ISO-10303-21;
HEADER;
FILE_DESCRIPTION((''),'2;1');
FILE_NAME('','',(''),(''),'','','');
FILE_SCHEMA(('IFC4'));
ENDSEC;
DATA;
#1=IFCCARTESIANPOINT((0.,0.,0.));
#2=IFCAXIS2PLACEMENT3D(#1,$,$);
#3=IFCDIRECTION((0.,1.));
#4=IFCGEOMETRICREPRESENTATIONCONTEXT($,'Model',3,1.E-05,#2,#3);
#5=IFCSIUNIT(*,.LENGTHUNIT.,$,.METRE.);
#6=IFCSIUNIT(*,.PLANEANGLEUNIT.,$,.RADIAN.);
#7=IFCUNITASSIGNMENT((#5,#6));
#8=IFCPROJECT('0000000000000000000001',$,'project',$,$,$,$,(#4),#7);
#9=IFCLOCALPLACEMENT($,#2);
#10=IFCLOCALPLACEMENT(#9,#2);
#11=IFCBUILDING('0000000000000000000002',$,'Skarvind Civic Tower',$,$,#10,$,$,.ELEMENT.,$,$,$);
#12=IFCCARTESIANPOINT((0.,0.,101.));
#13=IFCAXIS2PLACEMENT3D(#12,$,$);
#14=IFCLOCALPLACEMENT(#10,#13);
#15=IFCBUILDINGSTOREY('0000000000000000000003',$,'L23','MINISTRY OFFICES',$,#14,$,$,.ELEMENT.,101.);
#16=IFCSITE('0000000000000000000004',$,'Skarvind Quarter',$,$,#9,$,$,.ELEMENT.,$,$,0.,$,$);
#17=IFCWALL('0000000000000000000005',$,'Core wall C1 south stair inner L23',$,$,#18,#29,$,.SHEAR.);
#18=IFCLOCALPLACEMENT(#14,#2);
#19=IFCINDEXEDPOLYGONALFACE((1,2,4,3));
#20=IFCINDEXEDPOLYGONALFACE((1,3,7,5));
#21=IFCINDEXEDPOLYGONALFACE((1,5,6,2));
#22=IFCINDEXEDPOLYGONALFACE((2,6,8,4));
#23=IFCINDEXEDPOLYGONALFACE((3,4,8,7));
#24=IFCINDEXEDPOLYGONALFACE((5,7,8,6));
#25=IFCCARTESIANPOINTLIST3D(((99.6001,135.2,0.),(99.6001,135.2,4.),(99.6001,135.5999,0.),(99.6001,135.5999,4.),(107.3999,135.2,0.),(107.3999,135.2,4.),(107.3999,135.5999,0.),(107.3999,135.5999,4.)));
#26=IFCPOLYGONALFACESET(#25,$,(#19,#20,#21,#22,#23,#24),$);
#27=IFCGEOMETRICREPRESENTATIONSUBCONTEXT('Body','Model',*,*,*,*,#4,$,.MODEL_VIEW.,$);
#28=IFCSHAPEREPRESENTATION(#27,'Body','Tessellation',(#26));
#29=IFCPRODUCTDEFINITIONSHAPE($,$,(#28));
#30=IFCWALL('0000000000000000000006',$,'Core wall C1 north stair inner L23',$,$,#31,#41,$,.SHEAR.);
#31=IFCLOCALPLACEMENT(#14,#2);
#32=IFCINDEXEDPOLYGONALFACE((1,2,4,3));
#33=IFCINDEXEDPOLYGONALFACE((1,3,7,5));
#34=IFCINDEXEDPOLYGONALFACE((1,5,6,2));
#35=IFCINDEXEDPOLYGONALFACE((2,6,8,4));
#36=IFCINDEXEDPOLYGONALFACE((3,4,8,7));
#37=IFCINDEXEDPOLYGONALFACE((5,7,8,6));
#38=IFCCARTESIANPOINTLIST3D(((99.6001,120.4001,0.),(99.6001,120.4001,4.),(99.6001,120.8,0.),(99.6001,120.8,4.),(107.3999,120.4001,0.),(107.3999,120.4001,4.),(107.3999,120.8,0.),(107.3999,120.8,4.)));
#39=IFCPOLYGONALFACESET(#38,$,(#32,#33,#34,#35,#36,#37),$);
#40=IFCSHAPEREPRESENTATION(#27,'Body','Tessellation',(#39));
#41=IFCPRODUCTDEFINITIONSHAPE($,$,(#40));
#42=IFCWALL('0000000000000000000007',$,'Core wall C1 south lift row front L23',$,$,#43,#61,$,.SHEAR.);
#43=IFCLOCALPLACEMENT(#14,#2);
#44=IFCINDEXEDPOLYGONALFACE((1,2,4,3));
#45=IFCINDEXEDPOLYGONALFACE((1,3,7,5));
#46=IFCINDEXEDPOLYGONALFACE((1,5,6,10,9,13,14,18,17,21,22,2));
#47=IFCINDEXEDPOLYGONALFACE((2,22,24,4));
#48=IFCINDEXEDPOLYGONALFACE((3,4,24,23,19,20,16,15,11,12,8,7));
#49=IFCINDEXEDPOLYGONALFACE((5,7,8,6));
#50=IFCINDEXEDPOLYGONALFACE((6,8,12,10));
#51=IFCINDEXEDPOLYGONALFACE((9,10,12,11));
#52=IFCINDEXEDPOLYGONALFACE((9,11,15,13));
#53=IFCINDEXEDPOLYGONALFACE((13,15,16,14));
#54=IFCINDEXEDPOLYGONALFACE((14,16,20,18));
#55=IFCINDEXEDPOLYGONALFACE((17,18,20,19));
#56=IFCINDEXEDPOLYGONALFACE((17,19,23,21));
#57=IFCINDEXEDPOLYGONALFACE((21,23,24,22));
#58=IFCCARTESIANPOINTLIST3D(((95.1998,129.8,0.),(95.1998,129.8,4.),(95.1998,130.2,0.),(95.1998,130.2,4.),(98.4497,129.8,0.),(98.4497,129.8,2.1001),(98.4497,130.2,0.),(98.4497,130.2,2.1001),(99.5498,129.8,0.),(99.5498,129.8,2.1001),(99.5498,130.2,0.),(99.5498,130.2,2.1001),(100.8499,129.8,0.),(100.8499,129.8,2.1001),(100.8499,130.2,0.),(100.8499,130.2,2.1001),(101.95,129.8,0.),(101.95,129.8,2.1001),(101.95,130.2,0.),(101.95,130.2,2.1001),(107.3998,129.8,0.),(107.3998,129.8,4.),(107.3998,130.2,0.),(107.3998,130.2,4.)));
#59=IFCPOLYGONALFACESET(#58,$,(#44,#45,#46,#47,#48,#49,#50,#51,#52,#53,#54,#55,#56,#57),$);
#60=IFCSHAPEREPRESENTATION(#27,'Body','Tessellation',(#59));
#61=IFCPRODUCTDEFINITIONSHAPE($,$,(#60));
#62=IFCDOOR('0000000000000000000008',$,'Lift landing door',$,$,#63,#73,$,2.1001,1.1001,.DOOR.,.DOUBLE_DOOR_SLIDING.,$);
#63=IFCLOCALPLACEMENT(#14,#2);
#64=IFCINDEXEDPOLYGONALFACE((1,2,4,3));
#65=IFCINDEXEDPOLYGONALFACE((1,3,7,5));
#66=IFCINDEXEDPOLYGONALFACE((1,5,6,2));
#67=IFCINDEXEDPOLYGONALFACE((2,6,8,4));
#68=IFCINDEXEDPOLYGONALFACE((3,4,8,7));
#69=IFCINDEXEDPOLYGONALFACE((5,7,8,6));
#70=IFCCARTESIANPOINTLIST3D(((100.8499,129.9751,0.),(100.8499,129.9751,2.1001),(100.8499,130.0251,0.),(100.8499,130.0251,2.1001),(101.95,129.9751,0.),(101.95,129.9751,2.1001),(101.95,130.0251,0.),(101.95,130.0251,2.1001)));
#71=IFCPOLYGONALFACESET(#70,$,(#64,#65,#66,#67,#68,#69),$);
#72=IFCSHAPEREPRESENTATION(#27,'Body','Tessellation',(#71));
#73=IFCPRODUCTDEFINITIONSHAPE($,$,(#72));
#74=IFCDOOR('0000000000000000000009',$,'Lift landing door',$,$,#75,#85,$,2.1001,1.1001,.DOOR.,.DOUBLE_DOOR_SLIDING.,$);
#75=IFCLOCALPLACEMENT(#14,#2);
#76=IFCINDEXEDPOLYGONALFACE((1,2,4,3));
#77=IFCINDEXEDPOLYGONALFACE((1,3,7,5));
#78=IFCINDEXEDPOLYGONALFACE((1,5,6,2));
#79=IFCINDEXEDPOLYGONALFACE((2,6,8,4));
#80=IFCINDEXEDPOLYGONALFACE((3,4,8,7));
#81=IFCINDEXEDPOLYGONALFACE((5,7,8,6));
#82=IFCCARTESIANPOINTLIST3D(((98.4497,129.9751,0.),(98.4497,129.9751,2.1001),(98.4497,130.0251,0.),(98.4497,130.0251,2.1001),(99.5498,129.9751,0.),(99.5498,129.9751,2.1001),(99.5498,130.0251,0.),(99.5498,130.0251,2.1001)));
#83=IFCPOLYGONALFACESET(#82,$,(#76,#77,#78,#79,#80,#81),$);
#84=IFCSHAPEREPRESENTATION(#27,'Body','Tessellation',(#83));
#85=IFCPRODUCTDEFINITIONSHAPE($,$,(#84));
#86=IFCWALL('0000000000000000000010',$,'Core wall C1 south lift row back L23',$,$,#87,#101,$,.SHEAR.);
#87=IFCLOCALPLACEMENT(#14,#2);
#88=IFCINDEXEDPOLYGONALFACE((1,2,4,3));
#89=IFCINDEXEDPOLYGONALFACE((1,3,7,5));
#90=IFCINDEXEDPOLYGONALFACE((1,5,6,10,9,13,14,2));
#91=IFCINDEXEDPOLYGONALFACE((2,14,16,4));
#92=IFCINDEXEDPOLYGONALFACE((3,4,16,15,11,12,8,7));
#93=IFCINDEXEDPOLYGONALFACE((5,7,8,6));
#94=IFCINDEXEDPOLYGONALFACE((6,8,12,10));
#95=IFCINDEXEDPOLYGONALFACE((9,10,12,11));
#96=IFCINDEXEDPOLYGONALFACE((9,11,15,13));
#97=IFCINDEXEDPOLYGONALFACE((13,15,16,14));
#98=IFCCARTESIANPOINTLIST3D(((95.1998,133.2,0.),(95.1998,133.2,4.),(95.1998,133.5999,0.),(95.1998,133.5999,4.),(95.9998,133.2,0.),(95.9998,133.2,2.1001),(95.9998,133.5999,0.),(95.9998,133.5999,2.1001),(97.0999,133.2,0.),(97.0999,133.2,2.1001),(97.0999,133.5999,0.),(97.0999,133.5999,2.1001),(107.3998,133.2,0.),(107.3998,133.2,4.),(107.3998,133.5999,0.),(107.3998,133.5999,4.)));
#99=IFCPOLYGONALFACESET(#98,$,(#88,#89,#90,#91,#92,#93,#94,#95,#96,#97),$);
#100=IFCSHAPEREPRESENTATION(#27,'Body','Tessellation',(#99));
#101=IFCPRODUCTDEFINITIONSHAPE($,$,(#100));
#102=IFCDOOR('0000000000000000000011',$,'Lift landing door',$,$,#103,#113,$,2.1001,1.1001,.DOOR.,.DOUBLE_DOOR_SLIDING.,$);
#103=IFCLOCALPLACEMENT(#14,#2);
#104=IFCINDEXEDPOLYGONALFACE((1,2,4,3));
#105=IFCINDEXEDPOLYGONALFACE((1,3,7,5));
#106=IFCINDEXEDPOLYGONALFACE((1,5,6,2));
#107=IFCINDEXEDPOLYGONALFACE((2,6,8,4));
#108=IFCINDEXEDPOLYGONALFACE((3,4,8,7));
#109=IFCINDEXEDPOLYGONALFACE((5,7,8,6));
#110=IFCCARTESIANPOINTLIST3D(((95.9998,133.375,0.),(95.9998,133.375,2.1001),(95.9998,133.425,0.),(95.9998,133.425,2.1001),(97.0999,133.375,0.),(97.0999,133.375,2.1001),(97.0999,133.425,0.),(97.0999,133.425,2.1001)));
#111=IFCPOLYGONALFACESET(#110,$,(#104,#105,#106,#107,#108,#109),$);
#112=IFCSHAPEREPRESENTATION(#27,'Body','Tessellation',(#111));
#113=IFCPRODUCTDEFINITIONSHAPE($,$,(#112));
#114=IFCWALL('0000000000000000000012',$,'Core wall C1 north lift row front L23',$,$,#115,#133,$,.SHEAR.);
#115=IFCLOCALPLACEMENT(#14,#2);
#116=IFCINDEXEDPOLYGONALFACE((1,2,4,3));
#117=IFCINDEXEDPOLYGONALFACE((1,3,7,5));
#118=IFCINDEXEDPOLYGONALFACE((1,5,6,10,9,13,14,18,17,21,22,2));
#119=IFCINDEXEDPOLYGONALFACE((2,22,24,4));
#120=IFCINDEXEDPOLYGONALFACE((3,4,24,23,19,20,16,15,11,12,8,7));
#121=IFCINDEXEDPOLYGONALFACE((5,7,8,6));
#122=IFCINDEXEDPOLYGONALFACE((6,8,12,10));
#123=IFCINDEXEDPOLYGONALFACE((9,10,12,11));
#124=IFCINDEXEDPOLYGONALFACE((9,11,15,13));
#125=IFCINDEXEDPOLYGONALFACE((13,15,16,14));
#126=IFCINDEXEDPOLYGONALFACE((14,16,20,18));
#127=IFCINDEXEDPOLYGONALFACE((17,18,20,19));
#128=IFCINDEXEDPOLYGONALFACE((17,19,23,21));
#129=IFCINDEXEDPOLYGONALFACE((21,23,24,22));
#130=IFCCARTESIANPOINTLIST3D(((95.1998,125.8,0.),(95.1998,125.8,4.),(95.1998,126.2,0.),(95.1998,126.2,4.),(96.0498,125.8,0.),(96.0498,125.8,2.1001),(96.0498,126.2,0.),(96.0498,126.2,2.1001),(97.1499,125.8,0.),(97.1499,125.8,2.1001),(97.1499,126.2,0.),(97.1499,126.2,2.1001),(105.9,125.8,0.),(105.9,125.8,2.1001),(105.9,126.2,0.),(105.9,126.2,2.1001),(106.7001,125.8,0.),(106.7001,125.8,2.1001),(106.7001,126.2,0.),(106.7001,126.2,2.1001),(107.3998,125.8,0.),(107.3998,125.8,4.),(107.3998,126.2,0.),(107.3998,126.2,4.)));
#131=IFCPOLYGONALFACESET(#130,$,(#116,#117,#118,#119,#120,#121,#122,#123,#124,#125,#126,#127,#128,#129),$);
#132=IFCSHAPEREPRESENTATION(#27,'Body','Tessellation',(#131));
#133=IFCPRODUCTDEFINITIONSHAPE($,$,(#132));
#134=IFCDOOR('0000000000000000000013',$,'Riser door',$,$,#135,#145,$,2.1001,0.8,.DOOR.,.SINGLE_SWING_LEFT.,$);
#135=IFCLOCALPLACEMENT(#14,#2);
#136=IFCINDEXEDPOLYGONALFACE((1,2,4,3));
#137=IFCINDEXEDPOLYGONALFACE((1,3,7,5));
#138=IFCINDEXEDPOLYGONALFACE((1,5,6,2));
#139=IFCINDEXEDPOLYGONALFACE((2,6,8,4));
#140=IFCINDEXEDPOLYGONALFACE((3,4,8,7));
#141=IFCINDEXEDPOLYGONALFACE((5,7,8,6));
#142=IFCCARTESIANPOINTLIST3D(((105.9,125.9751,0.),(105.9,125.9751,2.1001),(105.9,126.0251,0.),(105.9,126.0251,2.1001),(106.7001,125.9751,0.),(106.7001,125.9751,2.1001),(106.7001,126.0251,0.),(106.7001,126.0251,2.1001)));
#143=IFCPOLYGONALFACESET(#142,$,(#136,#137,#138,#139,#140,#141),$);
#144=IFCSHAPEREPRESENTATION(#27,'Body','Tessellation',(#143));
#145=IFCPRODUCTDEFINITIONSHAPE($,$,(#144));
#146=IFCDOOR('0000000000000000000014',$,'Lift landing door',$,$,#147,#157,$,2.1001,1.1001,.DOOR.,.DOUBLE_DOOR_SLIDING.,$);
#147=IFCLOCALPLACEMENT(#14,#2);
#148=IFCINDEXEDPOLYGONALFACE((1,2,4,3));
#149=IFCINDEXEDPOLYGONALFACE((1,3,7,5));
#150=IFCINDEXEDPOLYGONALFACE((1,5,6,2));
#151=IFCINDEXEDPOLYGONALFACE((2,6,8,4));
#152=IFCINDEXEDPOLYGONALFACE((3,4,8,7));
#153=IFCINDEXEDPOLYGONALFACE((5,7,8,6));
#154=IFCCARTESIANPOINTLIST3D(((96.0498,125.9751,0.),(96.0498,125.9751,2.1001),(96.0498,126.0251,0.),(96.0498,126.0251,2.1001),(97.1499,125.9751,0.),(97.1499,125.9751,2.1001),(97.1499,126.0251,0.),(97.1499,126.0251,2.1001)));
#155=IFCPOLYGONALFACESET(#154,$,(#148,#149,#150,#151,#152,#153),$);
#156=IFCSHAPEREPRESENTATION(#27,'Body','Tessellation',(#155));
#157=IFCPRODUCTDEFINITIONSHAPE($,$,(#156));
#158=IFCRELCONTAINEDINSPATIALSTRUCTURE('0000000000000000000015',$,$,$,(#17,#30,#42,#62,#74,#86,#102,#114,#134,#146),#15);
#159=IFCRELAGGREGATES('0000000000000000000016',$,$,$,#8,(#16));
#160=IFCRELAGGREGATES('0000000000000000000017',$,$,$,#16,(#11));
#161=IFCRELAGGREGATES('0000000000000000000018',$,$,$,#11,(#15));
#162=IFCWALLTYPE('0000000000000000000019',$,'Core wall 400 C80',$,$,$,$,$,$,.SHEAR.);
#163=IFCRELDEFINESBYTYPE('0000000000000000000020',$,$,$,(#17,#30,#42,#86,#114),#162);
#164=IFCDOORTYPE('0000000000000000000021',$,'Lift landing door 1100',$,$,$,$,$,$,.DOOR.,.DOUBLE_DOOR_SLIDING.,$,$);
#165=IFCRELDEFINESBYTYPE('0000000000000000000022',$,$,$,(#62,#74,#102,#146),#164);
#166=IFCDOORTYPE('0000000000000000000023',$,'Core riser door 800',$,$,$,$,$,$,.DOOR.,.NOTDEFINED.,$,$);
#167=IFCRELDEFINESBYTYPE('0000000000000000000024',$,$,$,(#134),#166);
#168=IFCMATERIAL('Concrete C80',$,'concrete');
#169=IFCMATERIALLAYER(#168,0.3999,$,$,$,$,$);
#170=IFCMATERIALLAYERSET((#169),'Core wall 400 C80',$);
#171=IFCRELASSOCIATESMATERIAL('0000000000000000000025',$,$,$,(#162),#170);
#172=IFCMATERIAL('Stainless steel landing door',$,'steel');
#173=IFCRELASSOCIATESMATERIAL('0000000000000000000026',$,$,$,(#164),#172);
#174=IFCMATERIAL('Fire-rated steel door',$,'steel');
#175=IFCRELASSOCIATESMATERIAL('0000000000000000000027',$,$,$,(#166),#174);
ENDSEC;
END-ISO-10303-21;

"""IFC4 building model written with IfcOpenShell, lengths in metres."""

from ifc_helpers import new_model, si_unit, direction, frame, frame_2d, origin, place, context, subcontext, project, spatial, rectangle, extrude, material, layer, layer_set, type_object, element, fill, save


model = new_model("IFC4")

# Units and contexts
model_context = context("Model", 3, precision=1e-05, world=origin(), true_north=direction((0.0, 1.0)))
body_context = subcontext(model_context, "Body", "Model", "MODEL_VIEW")
ifc_project = project(units=[si_unit("LENGTHUNIT", "METRE"), si_unit("PLANEANGLEUNIT", "RADIAN")], contexts=[model_context])

# Site, building, storey
site_placement = place(None, origin())
site = spatial("IfcSite", under=ifc_project, at=site_placement, Name="Skarvind Quarter", CompositionType="ELEMENT", RefElevation=0.0)
building_placement = place(site_placement, origin())
building = spatial("IfcBuilding", under=site, at=building_placement, Name="Skarvind Civic Tower", CompositionType="ELEMENT")
storey_placement = place(building_placement, frame((0.0, 0.0, 101.0)))
storey = spatial("IfcBuildingStorey", under=building, at=storey_placement, Name="L23", Description="MINISTRY OFFICES", CompositionType="ELEMENT", Elevation=101.0)

# Walls
ifc_material_1 = material(Name="Concrete C80", Category="concrete")
ifc_layer_1 = layer(ifc_material_1, 0.3999)
ifc_layer_set_1 = layer_set([ifc_layer_1], Name="Core wall 400 C80")
wall_type_1 = type_object("IfcWallType", Name="Core wall 400 C80", PredefinedType="SHEAR", material=ifc_layer_set_1)
for number, where, z_axis, x_axis, name in (
    (1, (107.3999, 135.3999, 0.0), (0.0, 0.0, 1.0), (-1.0, 0.0, 0.0), "Core wall C1 south stair inner L23"),
    (2, (107.3999, 120.6001, 0.0), (0.0, 0.0, 1.0), (-1.0, 0.0, 0.0), "Core wall C1 north stair inner L23"),
):
    element("IfcWall", number, at=place(storey_placement, frame(where, z_axis=z_axis, x_axis=x_axis)), inside=storey, type_object=wall_type_1, Name=name, PredefinedType="SHEAR", context=body_context, shape_type="SweptSolid", body=[
        extrude(rectangle(XDim=7.7998, YDim=0.3999, at=frame_2d((3.8999, 0.0))), origin(), (0.0, 0.0, 1.0), 4.0),
    ])

# Wall, openings, doors
wall_1_placement = place(storey_placement, frame((107.3999, 130.0, 0.0), z_axis=(0.0, 0.0, 1.0), x_axis=(-1.0, 0.0, 0.0)))
wall_1 = element("IfcWall", 3, at=wall_1_placement, inside=storey, type_object=wall_type_1, Name="Core wall C1 south lift row front L23", PredefinedType="SHEAR", context=body_context, shape_type="SweptSolid", body=[
    extrude(rectangle(XDim=12.2, YDim=0.3999, at=frame_2d((6.1001, 0.0))), origin(), (0.0, 0.0, 1.0), 4.0),
])
opening_1_placement = place(wall_1_placement, frame((5.45, 0.0, 0.0)))
opening_1 = element("IfcOpeningElement", 4, at=opening_1_placement, cuts=wall_1, PredefinedType="OPENING", context=body_context, shape_type="SweptSolid", body=[
    extrude(rectangle(XDim=1.1001, YDim=2.1001, at=frame_2d((0.55, 1.05))), frame((0.0, 0.21, 0.0), z_axis=(0.0, -1.0, 0.0), x_axis=(1.0, 0.0, 0.0)), (0.0, 0.0, 1.0), 0.4199),
])
opening_2_placement = place(wall_1_placement, frame((7.8501, 0.0, 0.0)))
opening_2 = element("IfcOpeningElement", 5, at=opening_2_placement, cuts=wall_1, PredefinedType="OPENING", context=body_context, shape_type="SweptSolid", body=[
    extrude(rectangle(XDim=1.1001, YDim=2.1001, at=frame_2d((0.55, 1.05))), frame((0.0, 0.21, 0.0), z_axis=(0.0, -1.0, 0.0), x_axis=(1.0, 0.0, 0.0)), (0.0, 0.0, 1.0), 0.4199),
])
ifc_material_2 = material(Name="Stainless steel landing door", Category="steel")
door_type_1 = type_object("IfcDoorType", Name="Lift landing door 1100", OperationType="DOUBLE_DOOR_SLIDING", PredefinedType="DOOR", material=ifc_material_2)
door_1_placement = place(opening_1_placement, origin())
door_1 = element("IfcDoor", 6, at=door_1_placement, inside=storey, type_object=door_type_1, Name="Lift landing door", OperationType="DOUBLE_DOOR_SLIDING", OverallHeight=2.1001, OverallWidth=1.1001, PredefinedType="DOOR", context=body_context, shape_type="SweptSolid", body=[
    extrude(rectangle(XDim=1.1001, YDim=2.1001, at=frame_2d((0.55, 1.05))), frame((0.0, 0.0249, 0.0), z_axis=(0.0, -1.0, 0.0), x_axis=(1.0, 0.0, 0.0)), (0.0, 0.0, 1.0), 0.05),
])
fill(opening_1, door_1)
door_2_placement = place(opening_2_placement, origin())
door_2 = element("IfcDoor", 7, at=door_2_placement, inside=storey, type_object=door_type_1, Name="Lift landing door", OperationType="DOUBLE_DOOR_SLIDING", OverallHeight=2.1001, OverallWidth=1.1001, PredefinedType="DOOR", context=body_context, shape_type="SweptSolid", body=[
    extrude(rectangle(XDim=1.1001, YDim=2.1001, at=frame_2d((0.55, 1.05))), frame((0.0, 0.0249, 0.0), z_axis=(0.0, -1.0, 0.0), x_axis=(1.0, 0.0, 0.0)), (0.0, 0.0, 1.0), 0.05),
])
fill(opening_2, door_2)

# Wall, opening, door
wall_2_placement = place(storey_placement, frame((107.3999, 133.3999, 0.0), z_axis=(0.0, 0.0, 1.0), x_axis=(-1.0, 0.0, 0.0)))
wall_2 = element("IfcWall", 8, at=wall_2_placement, inside=storey, type_object=wall_type_1, Name="Core wall C1 south lift row back L23", PredefinedType="SHEAR", context=body_context, shape_type="SweptSolid", body=[
    extrude(rectangle(XDim=12.2, YDim=0.3999, at=frame_2d((6.1001, 0.0))), origin(), (0.0, 0.0, 1.0), 4.0),
])
opening_3_placement = place(wall_2_placement, frame((10.3, 0.0, 0.0)))
opening_3 = element("IfcOpeningElement", 9, at=opening_3_placement, cuts=wall_2, PredefinedType="OPENING", context=body_context, shape_type="SweptSolid", body=[
    extrude(rectangle(XDim=1.1001, YDim=2.1001, at=frame_2d((0.55, 1.05))), frame((0.0, 0.21, 0.0), z_axis=(0.0, -1.0, 0.0), x_axis=(1.0, 0.0, 0.0)), (0.0, 0.0, 1.0), 0.4199),
])
door_3_placement = place(opening_3_placement, origin())
door_3 = element("IfcDoor", 10, at=door_3_placement, inside=storey, type_object=door_type_1, Name="Lift landing door", OperationType="DOUBLE_DOOR_SLIDING", OverallHeight=2.1001, OverallWidth=1.1001, PredefinedType="DOOR", context=body_context, shape_type="SweptSolid", body=[
    extrude(rectangle(XDim=1.1001, YDim=2.1001, at=frame_2d((0.55, 1.05))), frame((0.0, 0.0249, 0.0), z_axis=(0.0, -1.0, 0.0), x_axis=(1.0, 0.0, 0.0)), (0.0, 0.0, 1.0), 0.05),
])
fill(opening_3, door_3)

# Wall, openings, doors
wall_3_placement = place(storey_placement, frame((107.3999, 126.0, 0.0), z_axis=(0.0, 0.0, 1.0), x_axis=(-1.0, 0.0, 0.0)))
wall_3 = element("IfcWall", 11, at=wall_3_placement, inside=storey, type_object=wall_type_1, Name="Core wall C1 north lift row front L23", PredefinedType="SHEAR", context=body_context, shape_type="SweptSolid", body=[
    extrude(rectangle(XDim=12.2, YDim=0.3999, at=frame_2d((6.1001, 0.0))), origin(), (0.0, 0.0, 1.0), 4.0),
])
opening_4_placement = place(wall_3_placement, frame((10.25, 0.0, 0.0)))
opening_4 = element("IfcOpeningElement", 12, at=opening_4_placement, cuts=wall_3, PredefinedType="OPENING", context=body_context, shape_type="SweptSolid", body=[
    extrude(rectangle(XDim=1.1001, YDim=2.1001, at=frame_2d((0.55, 1.05))), frame((0.0, 0.21, 0.0), z_axis=(0.0, -1.0, 0.0), x_axis=(1.0, 0.0, 0.0)), (0.0, 0.0, 1.0), 0.4199),
])
opening_5_placement = place(wall_3_placement, frame((0.7, 0.0, 0.0)))
opening_5 = element("IfcOpeningElement", 13, at=opening_5_placement, cuts=wall_3, PredefinedType="OPENING", context=body_context, shape_type="SweptSolid", body=[
    extrude(rectangle(XDim=0.8, YDim=2.1001, at=frame_2d((0.3999, 1.05))), frame((0.0, 0.21, 0.0), z_axis=(0.0, -1.0, 0.0), x_axis=(1.0, 0.0, 0.0)), (0.0, 0.0, 1.0), 0.4199),
])
ifc_material_3 = material(Name="Fire-rated steel door", Category="steel")
door_type_2 = type_object("IfcDoorType", Name="Core riser door 800", OperationType="NOTDEFINED", PredefinedType="DOOR", material=ifc_material_3)
door_4_placement = place(opening_5_placement, origin())
door_4 = element("IfcDoor", 14, at=door_4_placement, inside=storey, type_object=door_type_2, Name="Riser door", OperationType="SINGLE_SWING_LEFT", OverallHeight=2.1001, OverallWidth=0.8, PredefinedType="DOOR", context=body_context, shape_type="SweptSolid", body=[
    extrude(rectangle(XDim=0.8, YDim=2.1001, at=frame_2d((0.3999, 1.05))), frame((0.0, 0.0249, 0.0), z_axis=(0.0, -1.0, 0.0), x_axis=(1.0, 0.0, 0.0)), (0.0, 0.0, 1.0), 0.05),
])
fill(opening_5, door_4)
door_5_placement = place(opening_4_placement, origin())
door_5 = element("IfcDoor", 15, at=door_5_placement, inside=storey, type_object=door_type_1, Name="Lift landing door", OperationType="DOUBLE_DOOR_SLIDING", OverallHeight=2.1001, OverallWidth=1.1001, PredefinedType="DOOR", context=body_context, shape_type="SweptSolid", body=[
    extrude(rectangle(XDim=1.1001, YDim=2.1001, at=frame_2d((0.55, 1.05))), frame((0.0, 0.0249, 0.0), z_axis=(0.0, -1.0, 0.0), x_axis=(1.0, 0.0, 0.0)), (0.0, 0.0, 1.0), 0.05),
])
fill(opening_4, door_5)

save(model, "model.ifc")
